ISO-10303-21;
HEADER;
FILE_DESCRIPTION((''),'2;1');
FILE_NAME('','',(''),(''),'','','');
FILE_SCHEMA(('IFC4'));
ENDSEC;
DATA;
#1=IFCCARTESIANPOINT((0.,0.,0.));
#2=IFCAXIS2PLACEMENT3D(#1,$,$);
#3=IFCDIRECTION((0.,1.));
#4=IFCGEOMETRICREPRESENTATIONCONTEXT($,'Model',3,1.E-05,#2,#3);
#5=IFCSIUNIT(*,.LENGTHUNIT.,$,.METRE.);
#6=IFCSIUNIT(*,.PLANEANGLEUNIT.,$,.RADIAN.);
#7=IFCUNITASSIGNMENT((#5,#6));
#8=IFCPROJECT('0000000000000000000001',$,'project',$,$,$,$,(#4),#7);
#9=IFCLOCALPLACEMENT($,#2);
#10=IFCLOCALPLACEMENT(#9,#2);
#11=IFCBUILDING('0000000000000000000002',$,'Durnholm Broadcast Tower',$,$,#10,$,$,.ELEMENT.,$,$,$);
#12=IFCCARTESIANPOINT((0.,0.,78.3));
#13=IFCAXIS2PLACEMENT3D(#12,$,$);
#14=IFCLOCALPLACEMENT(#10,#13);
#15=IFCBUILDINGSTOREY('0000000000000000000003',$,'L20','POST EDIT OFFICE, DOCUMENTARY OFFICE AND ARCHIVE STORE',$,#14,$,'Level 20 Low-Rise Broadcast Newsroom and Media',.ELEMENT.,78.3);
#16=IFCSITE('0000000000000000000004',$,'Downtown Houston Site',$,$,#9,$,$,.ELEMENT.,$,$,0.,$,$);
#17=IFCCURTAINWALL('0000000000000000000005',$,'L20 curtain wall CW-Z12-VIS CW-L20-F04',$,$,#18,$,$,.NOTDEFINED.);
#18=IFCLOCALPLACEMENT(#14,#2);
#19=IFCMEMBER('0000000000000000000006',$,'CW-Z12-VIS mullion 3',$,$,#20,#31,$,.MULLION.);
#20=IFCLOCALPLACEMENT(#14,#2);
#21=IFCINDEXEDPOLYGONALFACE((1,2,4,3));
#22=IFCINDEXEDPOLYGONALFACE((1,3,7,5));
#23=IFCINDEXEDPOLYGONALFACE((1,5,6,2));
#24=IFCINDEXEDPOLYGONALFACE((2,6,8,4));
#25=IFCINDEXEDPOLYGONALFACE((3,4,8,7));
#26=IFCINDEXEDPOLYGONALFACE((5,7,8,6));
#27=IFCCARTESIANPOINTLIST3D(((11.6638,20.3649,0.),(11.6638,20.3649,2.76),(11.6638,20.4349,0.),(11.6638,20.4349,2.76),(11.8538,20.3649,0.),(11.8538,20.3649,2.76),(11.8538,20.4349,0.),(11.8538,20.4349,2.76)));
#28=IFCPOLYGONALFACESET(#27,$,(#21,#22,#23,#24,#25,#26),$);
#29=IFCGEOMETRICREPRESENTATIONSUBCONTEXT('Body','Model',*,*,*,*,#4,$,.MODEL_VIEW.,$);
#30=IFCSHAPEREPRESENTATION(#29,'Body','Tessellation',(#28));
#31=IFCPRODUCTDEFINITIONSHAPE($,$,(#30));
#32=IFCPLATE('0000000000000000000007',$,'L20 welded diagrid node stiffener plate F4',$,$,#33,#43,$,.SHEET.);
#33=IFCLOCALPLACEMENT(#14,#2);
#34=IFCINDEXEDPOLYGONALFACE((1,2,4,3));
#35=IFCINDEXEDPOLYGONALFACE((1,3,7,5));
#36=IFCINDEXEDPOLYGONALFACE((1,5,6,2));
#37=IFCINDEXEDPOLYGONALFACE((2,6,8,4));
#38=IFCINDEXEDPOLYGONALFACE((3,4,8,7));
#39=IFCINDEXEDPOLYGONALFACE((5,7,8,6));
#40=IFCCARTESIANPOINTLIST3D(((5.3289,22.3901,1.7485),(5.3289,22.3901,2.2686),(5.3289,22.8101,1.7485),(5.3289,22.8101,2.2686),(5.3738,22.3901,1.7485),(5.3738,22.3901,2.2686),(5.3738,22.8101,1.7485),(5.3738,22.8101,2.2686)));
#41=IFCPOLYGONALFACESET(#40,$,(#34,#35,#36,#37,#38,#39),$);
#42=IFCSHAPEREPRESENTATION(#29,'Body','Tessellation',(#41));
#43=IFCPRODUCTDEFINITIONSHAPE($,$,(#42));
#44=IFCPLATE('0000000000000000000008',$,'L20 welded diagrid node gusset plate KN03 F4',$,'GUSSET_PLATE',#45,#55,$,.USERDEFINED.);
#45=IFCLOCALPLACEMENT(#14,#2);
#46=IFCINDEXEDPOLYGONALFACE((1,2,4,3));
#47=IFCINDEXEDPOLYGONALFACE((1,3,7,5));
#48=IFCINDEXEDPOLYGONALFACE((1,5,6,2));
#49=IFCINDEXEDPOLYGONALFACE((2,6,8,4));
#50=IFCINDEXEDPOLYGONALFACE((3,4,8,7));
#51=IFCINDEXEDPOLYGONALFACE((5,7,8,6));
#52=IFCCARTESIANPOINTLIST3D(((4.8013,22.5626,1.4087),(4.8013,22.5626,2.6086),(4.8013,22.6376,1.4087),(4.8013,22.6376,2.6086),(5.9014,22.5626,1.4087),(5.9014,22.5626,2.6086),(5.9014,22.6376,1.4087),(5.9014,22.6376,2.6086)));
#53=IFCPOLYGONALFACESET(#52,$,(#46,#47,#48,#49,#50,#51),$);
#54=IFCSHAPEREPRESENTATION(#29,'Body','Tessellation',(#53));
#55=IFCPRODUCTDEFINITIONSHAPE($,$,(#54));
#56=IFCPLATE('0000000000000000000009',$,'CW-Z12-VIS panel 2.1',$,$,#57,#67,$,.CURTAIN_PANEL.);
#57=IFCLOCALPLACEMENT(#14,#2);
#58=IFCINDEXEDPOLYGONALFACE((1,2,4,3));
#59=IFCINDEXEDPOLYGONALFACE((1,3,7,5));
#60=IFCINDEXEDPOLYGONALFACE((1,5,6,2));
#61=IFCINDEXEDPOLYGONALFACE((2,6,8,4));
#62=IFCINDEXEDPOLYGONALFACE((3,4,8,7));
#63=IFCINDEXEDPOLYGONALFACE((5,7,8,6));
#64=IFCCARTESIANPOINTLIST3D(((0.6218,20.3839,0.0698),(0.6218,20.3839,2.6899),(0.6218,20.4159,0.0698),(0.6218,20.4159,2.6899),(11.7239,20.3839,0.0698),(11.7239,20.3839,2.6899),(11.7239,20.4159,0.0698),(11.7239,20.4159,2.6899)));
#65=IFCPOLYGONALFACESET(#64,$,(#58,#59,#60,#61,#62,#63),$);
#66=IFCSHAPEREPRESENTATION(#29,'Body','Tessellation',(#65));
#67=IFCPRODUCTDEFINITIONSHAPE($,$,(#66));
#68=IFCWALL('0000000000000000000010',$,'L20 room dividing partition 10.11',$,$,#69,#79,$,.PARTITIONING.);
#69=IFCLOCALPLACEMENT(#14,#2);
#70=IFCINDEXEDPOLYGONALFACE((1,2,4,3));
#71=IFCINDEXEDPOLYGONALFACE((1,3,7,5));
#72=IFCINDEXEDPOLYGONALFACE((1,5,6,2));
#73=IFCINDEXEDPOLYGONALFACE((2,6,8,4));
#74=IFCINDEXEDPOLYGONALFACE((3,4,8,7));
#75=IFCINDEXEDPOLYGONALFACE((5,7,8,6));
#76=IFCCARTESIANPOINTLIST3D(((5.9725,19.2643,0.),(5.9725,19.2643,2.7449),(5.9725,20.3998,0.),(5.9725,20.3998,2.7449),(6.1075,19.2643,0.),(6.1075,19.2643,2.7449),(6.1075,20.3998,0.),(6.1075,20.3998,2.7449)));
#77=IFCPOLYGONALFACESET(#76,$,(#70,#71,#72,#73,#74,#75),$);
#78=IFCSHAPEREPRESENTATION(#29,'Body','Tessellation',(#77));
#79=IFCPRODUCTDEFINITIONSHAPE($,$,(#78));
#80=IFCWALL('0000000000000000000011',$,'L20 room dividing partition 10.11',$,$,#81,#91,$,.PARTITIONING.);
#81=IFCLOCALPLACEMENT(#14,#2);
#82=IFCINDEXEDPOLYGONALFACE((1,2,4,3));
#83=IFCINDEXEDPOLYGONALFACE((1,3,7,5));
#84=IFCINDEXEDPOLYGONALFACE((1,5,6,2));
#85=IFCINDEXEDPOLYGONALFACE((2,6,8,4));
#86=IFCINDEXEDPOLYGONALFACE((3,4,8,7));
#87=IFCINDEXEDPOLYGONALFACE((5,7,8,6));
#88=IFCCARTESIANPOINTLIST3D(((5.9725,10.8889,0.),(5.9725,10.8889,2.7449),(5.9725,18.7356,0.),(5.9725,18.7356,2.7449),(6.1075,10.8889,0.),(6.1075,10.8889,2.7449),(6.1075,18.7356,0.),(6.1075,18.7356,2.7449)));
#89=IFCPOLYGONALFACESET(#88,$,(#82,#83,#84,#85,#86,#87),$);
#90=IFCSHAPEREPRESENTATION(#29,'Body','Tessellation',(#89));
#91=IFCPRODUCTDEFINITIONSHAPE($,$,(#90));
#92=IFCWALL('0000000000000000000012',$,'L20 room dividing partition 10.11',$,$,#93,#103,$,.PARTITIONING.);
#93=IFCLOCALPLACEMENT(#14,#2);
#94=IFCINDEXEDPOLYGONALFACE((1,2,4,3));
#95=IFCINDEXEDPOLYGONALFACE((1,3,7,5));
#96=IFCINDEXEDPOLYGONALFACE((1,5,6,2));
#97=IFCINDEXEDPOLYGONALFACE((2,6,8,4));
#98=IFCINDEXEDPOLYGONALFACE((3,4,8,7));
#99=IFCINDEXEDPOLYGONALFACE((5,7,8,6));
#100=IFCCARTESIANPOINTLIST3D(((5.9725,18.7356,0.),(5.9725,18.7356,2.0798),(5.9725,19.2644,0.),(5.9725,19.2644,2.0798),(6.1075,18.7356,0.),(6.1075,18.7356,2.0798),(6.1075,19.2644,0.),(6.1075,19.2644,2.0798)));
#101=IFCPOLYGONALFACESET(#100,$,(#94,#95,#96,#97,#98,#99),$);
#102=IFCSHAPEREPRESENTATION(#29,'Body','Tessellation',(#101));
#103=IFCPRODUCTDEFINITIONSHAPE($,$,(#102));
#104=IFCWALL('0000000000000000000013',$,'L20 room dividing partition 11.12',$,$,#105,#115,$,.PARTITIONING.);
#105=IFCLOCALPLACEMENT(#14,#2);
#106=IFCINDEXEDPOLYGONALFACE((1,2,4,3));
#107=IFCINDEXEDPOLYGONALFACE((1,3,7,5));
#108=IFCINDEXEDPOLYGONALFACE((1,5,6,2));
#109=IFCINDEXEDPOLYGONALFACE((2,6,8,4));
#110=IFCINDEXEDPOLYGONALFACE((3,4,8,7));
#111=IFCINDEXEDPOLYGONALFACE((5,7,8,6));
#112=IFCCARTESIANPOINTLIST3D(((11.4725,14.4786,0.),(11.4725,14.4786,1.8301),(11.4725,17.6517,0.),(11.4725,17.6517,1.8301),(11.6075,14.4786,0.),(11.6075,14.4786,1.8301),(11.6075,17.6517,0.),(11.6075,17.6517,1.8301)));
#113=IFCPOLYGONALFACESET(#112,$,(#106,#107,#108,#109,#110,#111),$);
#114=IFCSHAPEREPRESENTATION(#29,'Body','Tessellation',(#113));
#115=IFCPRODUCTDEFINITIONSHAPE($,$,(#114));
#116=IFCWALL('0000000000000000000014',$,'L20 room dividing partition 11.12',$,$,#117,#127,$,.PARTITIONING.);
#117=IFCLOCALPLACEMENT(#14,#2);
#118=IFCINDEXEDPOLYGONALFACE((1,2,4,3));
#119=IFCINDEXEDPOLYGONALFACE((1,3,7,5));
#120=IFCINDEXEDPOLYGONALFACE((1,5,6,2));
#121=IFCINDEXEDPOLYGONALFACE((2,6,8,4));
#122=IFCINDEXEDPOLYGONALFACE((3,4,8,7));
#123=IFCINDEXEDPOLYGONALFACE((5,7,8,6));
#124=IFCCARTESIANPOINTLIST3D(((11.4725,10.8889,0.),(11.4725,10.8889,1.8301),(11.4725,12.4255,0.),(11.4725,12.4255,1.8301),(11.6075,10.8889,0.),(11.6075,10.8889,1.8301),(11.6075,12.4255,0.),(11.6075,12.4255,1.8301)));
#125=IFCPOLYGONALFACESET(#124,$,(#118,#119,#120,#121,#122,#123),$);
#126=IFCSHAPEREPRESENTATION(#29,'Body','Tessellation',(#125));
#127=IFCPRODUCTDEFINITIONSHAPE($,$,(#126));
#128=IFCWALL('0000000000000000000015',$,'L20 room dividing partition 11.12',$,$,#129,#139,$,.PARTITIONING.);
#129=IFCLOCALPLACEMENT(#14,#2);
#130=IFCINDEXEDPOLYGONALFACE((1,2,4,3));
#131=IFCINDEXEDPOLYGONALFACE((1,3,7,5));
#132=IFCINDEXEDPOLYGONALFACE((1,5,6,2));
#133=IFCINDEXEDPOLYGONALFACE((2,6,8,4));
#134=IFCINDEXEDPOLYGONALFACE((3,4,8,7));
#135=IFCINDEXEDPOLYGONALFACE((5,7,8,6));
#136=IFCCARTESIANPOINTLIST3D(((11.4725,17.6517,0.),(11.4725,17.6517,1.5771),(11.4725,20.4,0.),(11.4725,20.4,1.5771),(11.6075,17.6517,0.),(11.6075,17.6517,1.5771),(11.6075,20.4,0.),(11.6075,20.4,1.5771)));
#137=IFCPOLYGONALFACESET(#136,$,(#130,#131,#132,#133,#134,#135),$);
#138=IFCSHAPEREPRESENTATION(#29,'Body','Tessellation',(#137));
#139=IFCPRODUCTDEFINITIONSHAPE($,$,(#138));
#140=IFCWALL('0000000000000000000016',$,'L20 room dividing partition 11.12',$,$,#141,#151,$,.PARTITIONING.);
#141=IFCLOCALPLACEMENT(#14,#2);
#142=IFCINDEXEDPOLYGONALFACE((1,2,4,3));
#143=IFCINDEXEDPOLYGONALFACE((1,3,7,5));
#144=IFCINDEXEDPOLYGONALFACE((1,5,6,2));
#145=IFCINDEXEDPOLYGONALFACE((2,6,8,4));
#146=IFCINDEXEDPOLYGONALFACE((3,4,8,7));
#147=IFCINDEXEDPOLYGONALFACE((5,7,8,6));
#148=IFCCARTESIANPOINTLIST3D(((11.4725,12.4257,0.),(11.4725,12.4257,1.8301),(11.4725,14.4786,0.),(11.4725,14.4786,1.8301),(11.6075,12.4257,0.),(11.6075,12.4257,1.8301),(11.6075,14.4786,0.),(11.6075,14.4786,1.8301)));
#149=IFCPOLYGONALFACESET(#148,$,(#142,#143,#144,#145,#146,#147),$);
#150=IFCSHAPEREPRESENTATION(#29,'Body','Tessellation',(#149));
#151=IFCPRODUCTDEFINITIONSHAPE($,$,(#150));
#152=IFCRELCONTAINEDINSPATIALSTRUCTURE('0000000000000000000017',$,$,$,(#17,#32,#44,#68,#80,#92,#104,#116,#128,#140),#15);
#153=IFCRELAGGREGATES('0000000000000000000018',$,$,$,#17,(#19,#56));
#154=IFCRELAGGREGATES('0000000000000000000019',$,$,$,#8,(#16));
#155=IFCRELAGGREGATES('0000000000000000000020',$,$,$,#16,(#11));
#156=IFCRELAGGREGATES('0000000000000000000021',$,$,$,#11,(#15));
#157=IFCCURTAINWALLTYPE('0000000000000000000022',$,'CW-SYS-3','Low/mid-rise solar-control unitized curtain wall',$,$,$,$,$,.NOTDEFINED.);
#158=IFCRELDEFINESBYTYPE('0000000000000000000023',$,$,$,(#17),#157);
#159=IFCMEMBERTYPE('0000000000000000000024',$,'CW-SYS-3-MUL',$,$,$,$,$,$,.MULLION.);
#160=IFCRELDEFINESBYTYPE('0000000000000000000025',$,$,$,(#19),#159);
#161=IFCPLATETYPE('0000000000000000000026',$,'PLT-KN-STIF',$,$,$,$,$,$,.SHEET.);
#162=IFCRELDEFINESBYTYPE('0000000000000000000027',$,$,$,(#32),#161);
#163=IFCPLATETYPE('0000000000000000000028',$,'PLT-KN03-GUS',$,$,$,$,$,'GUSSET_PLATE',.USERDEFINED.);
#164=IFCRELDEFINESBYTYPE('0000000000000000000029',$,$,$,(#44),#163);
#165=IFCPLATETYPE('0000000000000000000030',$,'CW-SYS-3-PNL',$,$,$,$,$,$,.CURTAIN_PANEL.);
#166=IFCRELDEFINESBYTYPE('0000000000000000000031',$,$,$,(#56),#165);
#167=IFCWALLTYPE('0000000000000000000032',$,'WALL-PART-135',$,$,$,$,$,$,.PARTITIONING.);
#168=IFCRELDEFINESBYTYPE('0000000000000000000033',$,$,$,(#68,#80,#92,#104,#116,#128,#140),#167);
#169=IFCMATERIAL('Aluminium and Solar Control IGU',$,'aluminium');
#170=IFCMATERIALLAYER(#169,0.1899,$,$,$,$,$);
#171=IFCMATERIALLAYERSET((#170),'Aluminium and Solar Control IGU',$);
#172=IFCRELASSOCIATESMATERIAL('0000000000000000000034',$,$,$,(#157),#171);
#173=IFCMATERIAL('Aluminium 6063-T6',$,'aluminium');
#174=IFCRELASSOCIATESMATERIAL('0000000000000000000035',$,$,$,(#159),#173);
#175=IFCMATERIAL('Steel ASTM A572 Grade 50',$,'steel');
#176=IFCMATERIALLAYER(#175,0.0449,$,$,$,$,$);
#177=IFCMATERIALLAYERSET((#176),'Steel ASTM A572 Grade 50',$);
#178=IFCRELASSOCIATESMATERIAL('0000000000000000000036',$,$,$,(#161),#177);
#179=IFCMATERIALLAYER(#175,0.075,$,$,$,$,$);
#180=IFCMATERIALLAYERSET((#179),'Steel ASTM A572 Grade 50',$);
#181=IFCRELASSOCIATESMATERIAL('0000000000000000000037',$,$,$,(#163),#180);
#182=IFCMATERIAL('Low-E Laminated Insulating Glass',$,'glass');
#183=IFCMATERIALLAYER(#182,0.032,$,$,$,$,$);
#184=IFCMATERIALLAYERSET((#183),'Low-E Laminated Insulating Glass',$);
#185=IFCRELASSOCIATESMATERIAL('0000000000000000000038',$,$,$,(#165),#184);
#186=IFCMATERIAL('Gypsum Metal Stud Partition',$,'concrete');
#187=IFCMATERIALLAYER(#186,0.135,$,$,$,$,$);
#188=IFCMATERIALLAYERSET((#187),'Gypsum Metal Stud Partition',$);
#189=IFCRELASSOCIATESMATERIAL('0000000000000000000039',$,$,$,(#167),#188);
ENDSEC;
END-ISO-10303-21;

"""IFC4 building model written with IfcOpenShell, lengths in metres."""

from ifc_helpers import new_model, si_unit, direction, frame, frame_2d, origin, origin_2d, place, context, subcontext, project, spatial, rectangle, extrude, source, transform, mapped, material, layer, layer_set, material_profile, profile_set, type_object, type_shapes, element, aggregate, save


model = new_model("IFC4")

# Units and contexts
model_context = context("Model", 3, precision=1e-05, world=origin(), true_north=direction((0.0, 1.0)))
body_context = subcontext(model_context, "Body", "Model", "MODEL_VIEW")
ifc_project = project(units=[si_unit("LENGTHUNIT", "METRE"), si_unit("PLANEANGLEUNIT", "RADIAN")], contexts=[model_context])

# Site, building, storey
site_placement = place(None, origin())
site = spatial("IfcSite", under=ifc_project, at=site_placement, Name="Downtown Houston Site", CompositionType="ELEMENT", RefElevation=0.0)
building_placement = place(site_placement, origin())
building = spatial("IfcBuilding", under=site, at=building_placement, Name="Durnholm Broadcast Tower", CompositionType="ELEMENT")
storey_placement = place(building_placement, frame((0.0, 0.0, 78.3)))
storey = spatial("IfcBuildingStorey", under=building, at=storey_placement, Name="L20", Description="POST EDIT OFFICE, DOCUMENTARY OFFICE AND ARCHIVE STORE", LongName="Level 20 Low-Rise Broadcast Newsroom and Media", CompositionType="ELEMENT", Elevation=78.3)

# Curtain wall
ifc_material_1 = material(Name="Aluminium and Solar Control IGU", Category="aluminium")
ifc_material_2 = material(Name="Aluminium 6063-T6", Category="aluminium")
ifc_layer_1 = layer(ifc_material_1, 0.1899)
ifc_layer_set_1 = layer_set([ifc_layer_1], Name="Aluminium and Solar Control IGU")
curtain_wall_type_1 = type_object("IfcCurtainWallType", Name="CW-SYS-3", Description="Low/mid-rise solar-control unitized curtain wall", PredefinedType="NOTDEFINED", material=ifc_layer_set_1)
curtain_wall_1_placement = place(storey_placement, origin())
curtain_wall_1 = element("IfcCurtainWall", 1, at=curtain_wall_1_placement, inside=storey, type_object=curtain_wall_type_1, Name="L20 curtain wall CW-Z12-VIS CW-L20-F04", PredefinedType="NOTDEFINED")

# Member
ifc_material_profile_1 = material_profile(ifc_material_2, rectangle(XDim=0.0701, YDim=0.1899, at=origin_2d()), Name="CWM70X190")
ifc_profile_set_1 = profile_set([ifc_material_profile_1], Name="Aluminium 6063-T6")
member_type_1 = type_object("IfcMemberType", Name="CW-SYS-3-MUL", PredefinedType="MULLION", material=ifc_profile_set_1)
shared_shape_1 = source(origin(), body_context, "Body", "SweptSolid", [
    extrude(rectangle(XDim=0.0701, YDim=0.1899, at=origin_2d()), origin(), (0.0, 0.0, 1.0), 2.76),
])
type_shapes(member_type_1, [shared_shape_1])
member_1_placement = place(storey_placement, frame((11.7588, 20.3999, 0.0), z_axis=(0.0, 0.0, 1.0), x_axis=(0.0, 1.0, 0.0)))
member_1 = element("IfcMember", 2, at=member_1_placement, type_object=member_type_1, Name="CW-Z12-VIS mullion 3", PredefinedType="MULLION", context=body_context, shape_type="MappedRepresentation", body=[
    mapped(shared_shape_1, transform((0.0, 0.0, 0.0), x_axis=(1.0, 0.0, 0.0), y_axis=(0.0, 1.0, 0.0), z_axis=(0.0, 0.0, 1.0), scale=1.0)),
])

# Plates
ifc_material_3 = material(Name="Steel ASTM A572 Grade 50", Category="steel")
ifc_layer_2 = layer(ifc_material_3, 0.0449)
ifc_layer_set_2 = layer_set([ifc_layer_2], Name="Steel ASTM A572 Grade 50")
plate_type_1 = type_object("IfcPlateType", Name="PLT-KN-STIF", PredefinedType="SHEET", material=ifc_layer_set_2)
shared_shape_2 = source(origin(), body_context, "Body", "SweptSolid", [
    extrude(rectangle(XDim=0.0449, YDim=0.4199, at=origin_2d()), origin(), (0.0, 0.0, 1.0), 0.52),
])
type_shapes(plate_type_1, [shared_shape_2])
plate_1_placement = place(storey_placement, frame((5.3513, 22.6001, 1.7485), z_axis=(0.0, 0.0, 1.0), x_axis=(-1.0, 0.0, 0.0)))
element("IfcPlate", 3, at=plate_1_placement, inside=storey, type_object=plate_type_1, Name="L20 welded diagrid node stiffener plate F4", PredefinedType="SHEET", context=body_context, shape_type="MappedRepresentation", body=[
    mapped(shared_shape_2, transform((0.0, 0.0, 0.0), x_axis=(1.0, 0.0, 0.0), y_axis=(0.0, 1.0, 0.0), z_axis=(0.0, 0.0, 1.0), scale=1.0)),
])
ifc_layer_3 = layer(ifc_material_3, 0.075)
ifc_layer_set_3 = layer_set([ifc_layer_3], Name="Steel ASTM A572 Grade 50")
plate_type_2 = type_object("IfcPlateType", Name="PLT-KN03-GUS", ElementType="GUSSET_PLATE", PredefinedType="USERDEFINED", material=ifc_layer_set_3)
shared_shape_3 = source(origin(), body_context, "Body", "SweptSolid", [
    extrude(rectangle(XDim=1.1001, YDim=0.075, at=origin_2d()), origin(), (0.0, 0.0, 1.0), 1.2),
])
type_shapes(plate_type_2, [shared_shape_3])
plate_2_placement = place(storey_placement, frame((5.3513, 22.6001, 1.4087), z_axis=(0.0, 0.0, 1.0), x_axis=(-1.0, 0.0, 0.0)))
element("IfcPlate", 4, at=plate_2_placement, inside=storey, type_object=plate_type_2, Name="L20 welded diagrid node gusset plate KN03 F4", ObjectType="GUSSET_PLATE", PredefinedType="USERDEFINED", context=body_context, shape_type="MappedRepresentation", body=[
    mapped(shared_shape_3, transform((0.0, 0.0, 0.0), x_axis=(1.0, 0.0, 0.0), y_axis=(0.0, 1.0, 0.0), z_axis=(0.0, 0.0, 1.0), scale=1.0)),
])

# Plate
ifc_material_4 = material(Name="Low-E Laminated Insulating Glass", Category="glass")
ifc_layer_4 = layer(ifc_material_4, 0.032)
ifc_layer_set_4 = layer_set([ifc_layer_4], Name="Low-E Laminated Insulating Glass")
plate_type_3 = type_object("IfcPlateType", Name="CW-SYS-3-PNL", PredefinedType="CURTAIN_PANEL", material=ifc_layer_set_4)
shared_shape_4 = source(origin(), body_context, "Body", "SweptSolid", [
    extrude(rectangle(XDim=11.1021, YDim=0.032, at=origin_2d()), origin(), (0.0, 0.0, 1.0), 2.6201),
])
type_shapes(plate_type_3, [shared_shape_4])
plate_3_placement = place(storey_placement, frame((6.1729, 20.3999, 0.0698), z_axis=(0.0, 0.0, 1.0), x_axis=(1.0, 0.0, 0.0)))
plate_3 = element("IfcPlate", 5, at=plate_3_placement, type_object=plate_type_3, Name="CW-Z12-VIS panel 2.1", PredefinedType="CURTAIN_PANEL", context=body_context, shape_type="MappedRepresentation", body=[
    mapped(shared_shape_4, transform((0.0, 0.0, 0.0), x_axis=(1.0, 0.0, 0.0), y_axis=(0.0, 1.0, 0.0), z_axis=(0.0, 0.0, 1.0), scale=1.0)),
])
aggregate(curtain_wall_1, [member_1, plate_3])

# Walls
ifc_material_5 = material(Name="Gypsum Metal Stud Partition", Category="concrete")
ifc_layer_5 = layer(ifc_material_5, 0.135)
ifc_layer_set_5 = layer_set([ifc_layer_5], Name="Gypsum Metal Stud Partition")
wall_type = type_object("IfcWallType", Name="WALL-PART-135", PredefinedType="PARTITIONING", material=ifc_layer_set_5)
wall_1_placement = place(storey_placement, frame((6.04, 20.3999, 0.0), z_axis=(0.0, 0.0, 1.0), x_axis=(0.0, -1.0, 0.0)))
element("IfcWall", 6, at=wall_1_placement, inside=storey, type_object=wall_type, Name="L20 room dividing partition 10.11", PredefinedType="PARTITIONING", context=body_context, shape_type="SweptSolid", body=[
    extrude(rectangle(XDim=1.1355, YDim=0.135, at=frame_2d((0.5679, 0.0))), origin(), (0.0, 0.0, 1.0), 2.7449),
])
wall_2_placement = place(storey_placement, frame((6.04, 18.7356, 0.0), z_axis=(0.0, 0.0, 1.0), x_axis=(0.0, -1.0, 0.0)))
element("IfcWall", 7, at=wall_2_placement, inside=storey, type_object=wall_type, Name="L20 room dividing partition 10.11", PredefinedType="PARTITIONING", context=body_context, shape_type="SweptSolid", body=[
    extrude(rectangle(XDim=7.8467, YDim=0.135, at=frame_2d((3.9233, 0.0))), origin(), (0.0, 0.0, 1.0), 2.7449),
])
wall_3_placement = place(storey_placement, frame((6.04, 19.2644, 0.0), z_axis=(0.0, 0.0, 1.0), x_axis=(0.0, -1.0, 0.0)))
element("IfcWall", 8, at=wall_3_placement, inside=storey, type_object=wall_type, Name="L20 room dividing partition 10.11", PredefinedType="PARTITIONING", context=body_context, shape_type="SweptSolid", body=[
    extrude(rectangle(XDim=0.5288, YDim=0.135, at=frame_2d((0.2644, 0.0))), origin(), (0.0, 0.0, 1.0), 2.0798),
])
wall_4_placement = place(storey_placement, frame((11.54, 17.6516, 0.0), z_axis=(0.0, 0.0, 1.0), x_axis=(0.0, -1.0, 0.0)))
element("IfcWall", 9, at=wall_4_placement, inside=storey, type_object=wall_type, Name="L20 room dividing partition 11.12", PredefinedType="PARTITIONING", context=body_context, shape_type="SweptSolid", body=[
    extrude(rectangle(XDim=3.1731, YDim=0.135, at=frame_2d((1.5864, 0.0))), origin(), (0.0, 0.0, 1.0), 1.8301),
])
wall_5_placement = place(storey_placement, frame((11.54, 12.4255, 0.0), z_axis=(0.0, 0.0, 1.0), x_axis=(0.0, -1.0, 0.0)))
element("IfcWall", 10, at=wall_5_placement, inside=storey, type_object=wall_type, Name="L20 room dividing partition 11.12", PredefinedType="PARTITIONING", context=body_context, shape_type="SweptSolid", body=[
    extrude(rectangle(XDim=1.5366, YDim=0.135, at=frame_2d((0.7683, 0.0))), origin(), (0.0, 0.0, 1.0), 1.8301),
])
wall_6_placement = place(storey_placement, frame((11.54, 20.3999, 0.0), z_axis=(0.0, 0.0, 1.0), x_axis=(0.0, -1.0, 0.0)))
element("IfcWall", 11, at=wall_6_placement, inside=storey, type_object=wall_type, Name="L20 room dividing partition 11.12", PredefinedType="PARTITIONING", context=body_context, shape_type="SweptSolid", body=[
    extrude(rectangle(XDim=2.7483, YDim=0.135, at=frame_2d((1.374, 0.0))), origin(), (0.0, 0.0, 1.0), 1.5771),
])
wall_7_placement = place(storey_placement, frame((11.54, 14.4785, 0.0), z_axis=(0.0, 0.0, 1.0), x_axis=(0.0, -1.0, 0.0)))
element("IfcWall", 12, at=wall_7_placement, inside=storey, type_object=wall_type, Name="L20 room dividing partition 11.12", PredefinedType="PARTITIONING", context=body_context, shape_type="SweptSolid", body=[
    extrude(rectangle(XDim=2.053, YDim=0.135, at=frame_2d((1.0264, 0.0))), origin(), (0.0, 0.0, 1.0), 1.8301),
])

save(model, "model.ifc")
